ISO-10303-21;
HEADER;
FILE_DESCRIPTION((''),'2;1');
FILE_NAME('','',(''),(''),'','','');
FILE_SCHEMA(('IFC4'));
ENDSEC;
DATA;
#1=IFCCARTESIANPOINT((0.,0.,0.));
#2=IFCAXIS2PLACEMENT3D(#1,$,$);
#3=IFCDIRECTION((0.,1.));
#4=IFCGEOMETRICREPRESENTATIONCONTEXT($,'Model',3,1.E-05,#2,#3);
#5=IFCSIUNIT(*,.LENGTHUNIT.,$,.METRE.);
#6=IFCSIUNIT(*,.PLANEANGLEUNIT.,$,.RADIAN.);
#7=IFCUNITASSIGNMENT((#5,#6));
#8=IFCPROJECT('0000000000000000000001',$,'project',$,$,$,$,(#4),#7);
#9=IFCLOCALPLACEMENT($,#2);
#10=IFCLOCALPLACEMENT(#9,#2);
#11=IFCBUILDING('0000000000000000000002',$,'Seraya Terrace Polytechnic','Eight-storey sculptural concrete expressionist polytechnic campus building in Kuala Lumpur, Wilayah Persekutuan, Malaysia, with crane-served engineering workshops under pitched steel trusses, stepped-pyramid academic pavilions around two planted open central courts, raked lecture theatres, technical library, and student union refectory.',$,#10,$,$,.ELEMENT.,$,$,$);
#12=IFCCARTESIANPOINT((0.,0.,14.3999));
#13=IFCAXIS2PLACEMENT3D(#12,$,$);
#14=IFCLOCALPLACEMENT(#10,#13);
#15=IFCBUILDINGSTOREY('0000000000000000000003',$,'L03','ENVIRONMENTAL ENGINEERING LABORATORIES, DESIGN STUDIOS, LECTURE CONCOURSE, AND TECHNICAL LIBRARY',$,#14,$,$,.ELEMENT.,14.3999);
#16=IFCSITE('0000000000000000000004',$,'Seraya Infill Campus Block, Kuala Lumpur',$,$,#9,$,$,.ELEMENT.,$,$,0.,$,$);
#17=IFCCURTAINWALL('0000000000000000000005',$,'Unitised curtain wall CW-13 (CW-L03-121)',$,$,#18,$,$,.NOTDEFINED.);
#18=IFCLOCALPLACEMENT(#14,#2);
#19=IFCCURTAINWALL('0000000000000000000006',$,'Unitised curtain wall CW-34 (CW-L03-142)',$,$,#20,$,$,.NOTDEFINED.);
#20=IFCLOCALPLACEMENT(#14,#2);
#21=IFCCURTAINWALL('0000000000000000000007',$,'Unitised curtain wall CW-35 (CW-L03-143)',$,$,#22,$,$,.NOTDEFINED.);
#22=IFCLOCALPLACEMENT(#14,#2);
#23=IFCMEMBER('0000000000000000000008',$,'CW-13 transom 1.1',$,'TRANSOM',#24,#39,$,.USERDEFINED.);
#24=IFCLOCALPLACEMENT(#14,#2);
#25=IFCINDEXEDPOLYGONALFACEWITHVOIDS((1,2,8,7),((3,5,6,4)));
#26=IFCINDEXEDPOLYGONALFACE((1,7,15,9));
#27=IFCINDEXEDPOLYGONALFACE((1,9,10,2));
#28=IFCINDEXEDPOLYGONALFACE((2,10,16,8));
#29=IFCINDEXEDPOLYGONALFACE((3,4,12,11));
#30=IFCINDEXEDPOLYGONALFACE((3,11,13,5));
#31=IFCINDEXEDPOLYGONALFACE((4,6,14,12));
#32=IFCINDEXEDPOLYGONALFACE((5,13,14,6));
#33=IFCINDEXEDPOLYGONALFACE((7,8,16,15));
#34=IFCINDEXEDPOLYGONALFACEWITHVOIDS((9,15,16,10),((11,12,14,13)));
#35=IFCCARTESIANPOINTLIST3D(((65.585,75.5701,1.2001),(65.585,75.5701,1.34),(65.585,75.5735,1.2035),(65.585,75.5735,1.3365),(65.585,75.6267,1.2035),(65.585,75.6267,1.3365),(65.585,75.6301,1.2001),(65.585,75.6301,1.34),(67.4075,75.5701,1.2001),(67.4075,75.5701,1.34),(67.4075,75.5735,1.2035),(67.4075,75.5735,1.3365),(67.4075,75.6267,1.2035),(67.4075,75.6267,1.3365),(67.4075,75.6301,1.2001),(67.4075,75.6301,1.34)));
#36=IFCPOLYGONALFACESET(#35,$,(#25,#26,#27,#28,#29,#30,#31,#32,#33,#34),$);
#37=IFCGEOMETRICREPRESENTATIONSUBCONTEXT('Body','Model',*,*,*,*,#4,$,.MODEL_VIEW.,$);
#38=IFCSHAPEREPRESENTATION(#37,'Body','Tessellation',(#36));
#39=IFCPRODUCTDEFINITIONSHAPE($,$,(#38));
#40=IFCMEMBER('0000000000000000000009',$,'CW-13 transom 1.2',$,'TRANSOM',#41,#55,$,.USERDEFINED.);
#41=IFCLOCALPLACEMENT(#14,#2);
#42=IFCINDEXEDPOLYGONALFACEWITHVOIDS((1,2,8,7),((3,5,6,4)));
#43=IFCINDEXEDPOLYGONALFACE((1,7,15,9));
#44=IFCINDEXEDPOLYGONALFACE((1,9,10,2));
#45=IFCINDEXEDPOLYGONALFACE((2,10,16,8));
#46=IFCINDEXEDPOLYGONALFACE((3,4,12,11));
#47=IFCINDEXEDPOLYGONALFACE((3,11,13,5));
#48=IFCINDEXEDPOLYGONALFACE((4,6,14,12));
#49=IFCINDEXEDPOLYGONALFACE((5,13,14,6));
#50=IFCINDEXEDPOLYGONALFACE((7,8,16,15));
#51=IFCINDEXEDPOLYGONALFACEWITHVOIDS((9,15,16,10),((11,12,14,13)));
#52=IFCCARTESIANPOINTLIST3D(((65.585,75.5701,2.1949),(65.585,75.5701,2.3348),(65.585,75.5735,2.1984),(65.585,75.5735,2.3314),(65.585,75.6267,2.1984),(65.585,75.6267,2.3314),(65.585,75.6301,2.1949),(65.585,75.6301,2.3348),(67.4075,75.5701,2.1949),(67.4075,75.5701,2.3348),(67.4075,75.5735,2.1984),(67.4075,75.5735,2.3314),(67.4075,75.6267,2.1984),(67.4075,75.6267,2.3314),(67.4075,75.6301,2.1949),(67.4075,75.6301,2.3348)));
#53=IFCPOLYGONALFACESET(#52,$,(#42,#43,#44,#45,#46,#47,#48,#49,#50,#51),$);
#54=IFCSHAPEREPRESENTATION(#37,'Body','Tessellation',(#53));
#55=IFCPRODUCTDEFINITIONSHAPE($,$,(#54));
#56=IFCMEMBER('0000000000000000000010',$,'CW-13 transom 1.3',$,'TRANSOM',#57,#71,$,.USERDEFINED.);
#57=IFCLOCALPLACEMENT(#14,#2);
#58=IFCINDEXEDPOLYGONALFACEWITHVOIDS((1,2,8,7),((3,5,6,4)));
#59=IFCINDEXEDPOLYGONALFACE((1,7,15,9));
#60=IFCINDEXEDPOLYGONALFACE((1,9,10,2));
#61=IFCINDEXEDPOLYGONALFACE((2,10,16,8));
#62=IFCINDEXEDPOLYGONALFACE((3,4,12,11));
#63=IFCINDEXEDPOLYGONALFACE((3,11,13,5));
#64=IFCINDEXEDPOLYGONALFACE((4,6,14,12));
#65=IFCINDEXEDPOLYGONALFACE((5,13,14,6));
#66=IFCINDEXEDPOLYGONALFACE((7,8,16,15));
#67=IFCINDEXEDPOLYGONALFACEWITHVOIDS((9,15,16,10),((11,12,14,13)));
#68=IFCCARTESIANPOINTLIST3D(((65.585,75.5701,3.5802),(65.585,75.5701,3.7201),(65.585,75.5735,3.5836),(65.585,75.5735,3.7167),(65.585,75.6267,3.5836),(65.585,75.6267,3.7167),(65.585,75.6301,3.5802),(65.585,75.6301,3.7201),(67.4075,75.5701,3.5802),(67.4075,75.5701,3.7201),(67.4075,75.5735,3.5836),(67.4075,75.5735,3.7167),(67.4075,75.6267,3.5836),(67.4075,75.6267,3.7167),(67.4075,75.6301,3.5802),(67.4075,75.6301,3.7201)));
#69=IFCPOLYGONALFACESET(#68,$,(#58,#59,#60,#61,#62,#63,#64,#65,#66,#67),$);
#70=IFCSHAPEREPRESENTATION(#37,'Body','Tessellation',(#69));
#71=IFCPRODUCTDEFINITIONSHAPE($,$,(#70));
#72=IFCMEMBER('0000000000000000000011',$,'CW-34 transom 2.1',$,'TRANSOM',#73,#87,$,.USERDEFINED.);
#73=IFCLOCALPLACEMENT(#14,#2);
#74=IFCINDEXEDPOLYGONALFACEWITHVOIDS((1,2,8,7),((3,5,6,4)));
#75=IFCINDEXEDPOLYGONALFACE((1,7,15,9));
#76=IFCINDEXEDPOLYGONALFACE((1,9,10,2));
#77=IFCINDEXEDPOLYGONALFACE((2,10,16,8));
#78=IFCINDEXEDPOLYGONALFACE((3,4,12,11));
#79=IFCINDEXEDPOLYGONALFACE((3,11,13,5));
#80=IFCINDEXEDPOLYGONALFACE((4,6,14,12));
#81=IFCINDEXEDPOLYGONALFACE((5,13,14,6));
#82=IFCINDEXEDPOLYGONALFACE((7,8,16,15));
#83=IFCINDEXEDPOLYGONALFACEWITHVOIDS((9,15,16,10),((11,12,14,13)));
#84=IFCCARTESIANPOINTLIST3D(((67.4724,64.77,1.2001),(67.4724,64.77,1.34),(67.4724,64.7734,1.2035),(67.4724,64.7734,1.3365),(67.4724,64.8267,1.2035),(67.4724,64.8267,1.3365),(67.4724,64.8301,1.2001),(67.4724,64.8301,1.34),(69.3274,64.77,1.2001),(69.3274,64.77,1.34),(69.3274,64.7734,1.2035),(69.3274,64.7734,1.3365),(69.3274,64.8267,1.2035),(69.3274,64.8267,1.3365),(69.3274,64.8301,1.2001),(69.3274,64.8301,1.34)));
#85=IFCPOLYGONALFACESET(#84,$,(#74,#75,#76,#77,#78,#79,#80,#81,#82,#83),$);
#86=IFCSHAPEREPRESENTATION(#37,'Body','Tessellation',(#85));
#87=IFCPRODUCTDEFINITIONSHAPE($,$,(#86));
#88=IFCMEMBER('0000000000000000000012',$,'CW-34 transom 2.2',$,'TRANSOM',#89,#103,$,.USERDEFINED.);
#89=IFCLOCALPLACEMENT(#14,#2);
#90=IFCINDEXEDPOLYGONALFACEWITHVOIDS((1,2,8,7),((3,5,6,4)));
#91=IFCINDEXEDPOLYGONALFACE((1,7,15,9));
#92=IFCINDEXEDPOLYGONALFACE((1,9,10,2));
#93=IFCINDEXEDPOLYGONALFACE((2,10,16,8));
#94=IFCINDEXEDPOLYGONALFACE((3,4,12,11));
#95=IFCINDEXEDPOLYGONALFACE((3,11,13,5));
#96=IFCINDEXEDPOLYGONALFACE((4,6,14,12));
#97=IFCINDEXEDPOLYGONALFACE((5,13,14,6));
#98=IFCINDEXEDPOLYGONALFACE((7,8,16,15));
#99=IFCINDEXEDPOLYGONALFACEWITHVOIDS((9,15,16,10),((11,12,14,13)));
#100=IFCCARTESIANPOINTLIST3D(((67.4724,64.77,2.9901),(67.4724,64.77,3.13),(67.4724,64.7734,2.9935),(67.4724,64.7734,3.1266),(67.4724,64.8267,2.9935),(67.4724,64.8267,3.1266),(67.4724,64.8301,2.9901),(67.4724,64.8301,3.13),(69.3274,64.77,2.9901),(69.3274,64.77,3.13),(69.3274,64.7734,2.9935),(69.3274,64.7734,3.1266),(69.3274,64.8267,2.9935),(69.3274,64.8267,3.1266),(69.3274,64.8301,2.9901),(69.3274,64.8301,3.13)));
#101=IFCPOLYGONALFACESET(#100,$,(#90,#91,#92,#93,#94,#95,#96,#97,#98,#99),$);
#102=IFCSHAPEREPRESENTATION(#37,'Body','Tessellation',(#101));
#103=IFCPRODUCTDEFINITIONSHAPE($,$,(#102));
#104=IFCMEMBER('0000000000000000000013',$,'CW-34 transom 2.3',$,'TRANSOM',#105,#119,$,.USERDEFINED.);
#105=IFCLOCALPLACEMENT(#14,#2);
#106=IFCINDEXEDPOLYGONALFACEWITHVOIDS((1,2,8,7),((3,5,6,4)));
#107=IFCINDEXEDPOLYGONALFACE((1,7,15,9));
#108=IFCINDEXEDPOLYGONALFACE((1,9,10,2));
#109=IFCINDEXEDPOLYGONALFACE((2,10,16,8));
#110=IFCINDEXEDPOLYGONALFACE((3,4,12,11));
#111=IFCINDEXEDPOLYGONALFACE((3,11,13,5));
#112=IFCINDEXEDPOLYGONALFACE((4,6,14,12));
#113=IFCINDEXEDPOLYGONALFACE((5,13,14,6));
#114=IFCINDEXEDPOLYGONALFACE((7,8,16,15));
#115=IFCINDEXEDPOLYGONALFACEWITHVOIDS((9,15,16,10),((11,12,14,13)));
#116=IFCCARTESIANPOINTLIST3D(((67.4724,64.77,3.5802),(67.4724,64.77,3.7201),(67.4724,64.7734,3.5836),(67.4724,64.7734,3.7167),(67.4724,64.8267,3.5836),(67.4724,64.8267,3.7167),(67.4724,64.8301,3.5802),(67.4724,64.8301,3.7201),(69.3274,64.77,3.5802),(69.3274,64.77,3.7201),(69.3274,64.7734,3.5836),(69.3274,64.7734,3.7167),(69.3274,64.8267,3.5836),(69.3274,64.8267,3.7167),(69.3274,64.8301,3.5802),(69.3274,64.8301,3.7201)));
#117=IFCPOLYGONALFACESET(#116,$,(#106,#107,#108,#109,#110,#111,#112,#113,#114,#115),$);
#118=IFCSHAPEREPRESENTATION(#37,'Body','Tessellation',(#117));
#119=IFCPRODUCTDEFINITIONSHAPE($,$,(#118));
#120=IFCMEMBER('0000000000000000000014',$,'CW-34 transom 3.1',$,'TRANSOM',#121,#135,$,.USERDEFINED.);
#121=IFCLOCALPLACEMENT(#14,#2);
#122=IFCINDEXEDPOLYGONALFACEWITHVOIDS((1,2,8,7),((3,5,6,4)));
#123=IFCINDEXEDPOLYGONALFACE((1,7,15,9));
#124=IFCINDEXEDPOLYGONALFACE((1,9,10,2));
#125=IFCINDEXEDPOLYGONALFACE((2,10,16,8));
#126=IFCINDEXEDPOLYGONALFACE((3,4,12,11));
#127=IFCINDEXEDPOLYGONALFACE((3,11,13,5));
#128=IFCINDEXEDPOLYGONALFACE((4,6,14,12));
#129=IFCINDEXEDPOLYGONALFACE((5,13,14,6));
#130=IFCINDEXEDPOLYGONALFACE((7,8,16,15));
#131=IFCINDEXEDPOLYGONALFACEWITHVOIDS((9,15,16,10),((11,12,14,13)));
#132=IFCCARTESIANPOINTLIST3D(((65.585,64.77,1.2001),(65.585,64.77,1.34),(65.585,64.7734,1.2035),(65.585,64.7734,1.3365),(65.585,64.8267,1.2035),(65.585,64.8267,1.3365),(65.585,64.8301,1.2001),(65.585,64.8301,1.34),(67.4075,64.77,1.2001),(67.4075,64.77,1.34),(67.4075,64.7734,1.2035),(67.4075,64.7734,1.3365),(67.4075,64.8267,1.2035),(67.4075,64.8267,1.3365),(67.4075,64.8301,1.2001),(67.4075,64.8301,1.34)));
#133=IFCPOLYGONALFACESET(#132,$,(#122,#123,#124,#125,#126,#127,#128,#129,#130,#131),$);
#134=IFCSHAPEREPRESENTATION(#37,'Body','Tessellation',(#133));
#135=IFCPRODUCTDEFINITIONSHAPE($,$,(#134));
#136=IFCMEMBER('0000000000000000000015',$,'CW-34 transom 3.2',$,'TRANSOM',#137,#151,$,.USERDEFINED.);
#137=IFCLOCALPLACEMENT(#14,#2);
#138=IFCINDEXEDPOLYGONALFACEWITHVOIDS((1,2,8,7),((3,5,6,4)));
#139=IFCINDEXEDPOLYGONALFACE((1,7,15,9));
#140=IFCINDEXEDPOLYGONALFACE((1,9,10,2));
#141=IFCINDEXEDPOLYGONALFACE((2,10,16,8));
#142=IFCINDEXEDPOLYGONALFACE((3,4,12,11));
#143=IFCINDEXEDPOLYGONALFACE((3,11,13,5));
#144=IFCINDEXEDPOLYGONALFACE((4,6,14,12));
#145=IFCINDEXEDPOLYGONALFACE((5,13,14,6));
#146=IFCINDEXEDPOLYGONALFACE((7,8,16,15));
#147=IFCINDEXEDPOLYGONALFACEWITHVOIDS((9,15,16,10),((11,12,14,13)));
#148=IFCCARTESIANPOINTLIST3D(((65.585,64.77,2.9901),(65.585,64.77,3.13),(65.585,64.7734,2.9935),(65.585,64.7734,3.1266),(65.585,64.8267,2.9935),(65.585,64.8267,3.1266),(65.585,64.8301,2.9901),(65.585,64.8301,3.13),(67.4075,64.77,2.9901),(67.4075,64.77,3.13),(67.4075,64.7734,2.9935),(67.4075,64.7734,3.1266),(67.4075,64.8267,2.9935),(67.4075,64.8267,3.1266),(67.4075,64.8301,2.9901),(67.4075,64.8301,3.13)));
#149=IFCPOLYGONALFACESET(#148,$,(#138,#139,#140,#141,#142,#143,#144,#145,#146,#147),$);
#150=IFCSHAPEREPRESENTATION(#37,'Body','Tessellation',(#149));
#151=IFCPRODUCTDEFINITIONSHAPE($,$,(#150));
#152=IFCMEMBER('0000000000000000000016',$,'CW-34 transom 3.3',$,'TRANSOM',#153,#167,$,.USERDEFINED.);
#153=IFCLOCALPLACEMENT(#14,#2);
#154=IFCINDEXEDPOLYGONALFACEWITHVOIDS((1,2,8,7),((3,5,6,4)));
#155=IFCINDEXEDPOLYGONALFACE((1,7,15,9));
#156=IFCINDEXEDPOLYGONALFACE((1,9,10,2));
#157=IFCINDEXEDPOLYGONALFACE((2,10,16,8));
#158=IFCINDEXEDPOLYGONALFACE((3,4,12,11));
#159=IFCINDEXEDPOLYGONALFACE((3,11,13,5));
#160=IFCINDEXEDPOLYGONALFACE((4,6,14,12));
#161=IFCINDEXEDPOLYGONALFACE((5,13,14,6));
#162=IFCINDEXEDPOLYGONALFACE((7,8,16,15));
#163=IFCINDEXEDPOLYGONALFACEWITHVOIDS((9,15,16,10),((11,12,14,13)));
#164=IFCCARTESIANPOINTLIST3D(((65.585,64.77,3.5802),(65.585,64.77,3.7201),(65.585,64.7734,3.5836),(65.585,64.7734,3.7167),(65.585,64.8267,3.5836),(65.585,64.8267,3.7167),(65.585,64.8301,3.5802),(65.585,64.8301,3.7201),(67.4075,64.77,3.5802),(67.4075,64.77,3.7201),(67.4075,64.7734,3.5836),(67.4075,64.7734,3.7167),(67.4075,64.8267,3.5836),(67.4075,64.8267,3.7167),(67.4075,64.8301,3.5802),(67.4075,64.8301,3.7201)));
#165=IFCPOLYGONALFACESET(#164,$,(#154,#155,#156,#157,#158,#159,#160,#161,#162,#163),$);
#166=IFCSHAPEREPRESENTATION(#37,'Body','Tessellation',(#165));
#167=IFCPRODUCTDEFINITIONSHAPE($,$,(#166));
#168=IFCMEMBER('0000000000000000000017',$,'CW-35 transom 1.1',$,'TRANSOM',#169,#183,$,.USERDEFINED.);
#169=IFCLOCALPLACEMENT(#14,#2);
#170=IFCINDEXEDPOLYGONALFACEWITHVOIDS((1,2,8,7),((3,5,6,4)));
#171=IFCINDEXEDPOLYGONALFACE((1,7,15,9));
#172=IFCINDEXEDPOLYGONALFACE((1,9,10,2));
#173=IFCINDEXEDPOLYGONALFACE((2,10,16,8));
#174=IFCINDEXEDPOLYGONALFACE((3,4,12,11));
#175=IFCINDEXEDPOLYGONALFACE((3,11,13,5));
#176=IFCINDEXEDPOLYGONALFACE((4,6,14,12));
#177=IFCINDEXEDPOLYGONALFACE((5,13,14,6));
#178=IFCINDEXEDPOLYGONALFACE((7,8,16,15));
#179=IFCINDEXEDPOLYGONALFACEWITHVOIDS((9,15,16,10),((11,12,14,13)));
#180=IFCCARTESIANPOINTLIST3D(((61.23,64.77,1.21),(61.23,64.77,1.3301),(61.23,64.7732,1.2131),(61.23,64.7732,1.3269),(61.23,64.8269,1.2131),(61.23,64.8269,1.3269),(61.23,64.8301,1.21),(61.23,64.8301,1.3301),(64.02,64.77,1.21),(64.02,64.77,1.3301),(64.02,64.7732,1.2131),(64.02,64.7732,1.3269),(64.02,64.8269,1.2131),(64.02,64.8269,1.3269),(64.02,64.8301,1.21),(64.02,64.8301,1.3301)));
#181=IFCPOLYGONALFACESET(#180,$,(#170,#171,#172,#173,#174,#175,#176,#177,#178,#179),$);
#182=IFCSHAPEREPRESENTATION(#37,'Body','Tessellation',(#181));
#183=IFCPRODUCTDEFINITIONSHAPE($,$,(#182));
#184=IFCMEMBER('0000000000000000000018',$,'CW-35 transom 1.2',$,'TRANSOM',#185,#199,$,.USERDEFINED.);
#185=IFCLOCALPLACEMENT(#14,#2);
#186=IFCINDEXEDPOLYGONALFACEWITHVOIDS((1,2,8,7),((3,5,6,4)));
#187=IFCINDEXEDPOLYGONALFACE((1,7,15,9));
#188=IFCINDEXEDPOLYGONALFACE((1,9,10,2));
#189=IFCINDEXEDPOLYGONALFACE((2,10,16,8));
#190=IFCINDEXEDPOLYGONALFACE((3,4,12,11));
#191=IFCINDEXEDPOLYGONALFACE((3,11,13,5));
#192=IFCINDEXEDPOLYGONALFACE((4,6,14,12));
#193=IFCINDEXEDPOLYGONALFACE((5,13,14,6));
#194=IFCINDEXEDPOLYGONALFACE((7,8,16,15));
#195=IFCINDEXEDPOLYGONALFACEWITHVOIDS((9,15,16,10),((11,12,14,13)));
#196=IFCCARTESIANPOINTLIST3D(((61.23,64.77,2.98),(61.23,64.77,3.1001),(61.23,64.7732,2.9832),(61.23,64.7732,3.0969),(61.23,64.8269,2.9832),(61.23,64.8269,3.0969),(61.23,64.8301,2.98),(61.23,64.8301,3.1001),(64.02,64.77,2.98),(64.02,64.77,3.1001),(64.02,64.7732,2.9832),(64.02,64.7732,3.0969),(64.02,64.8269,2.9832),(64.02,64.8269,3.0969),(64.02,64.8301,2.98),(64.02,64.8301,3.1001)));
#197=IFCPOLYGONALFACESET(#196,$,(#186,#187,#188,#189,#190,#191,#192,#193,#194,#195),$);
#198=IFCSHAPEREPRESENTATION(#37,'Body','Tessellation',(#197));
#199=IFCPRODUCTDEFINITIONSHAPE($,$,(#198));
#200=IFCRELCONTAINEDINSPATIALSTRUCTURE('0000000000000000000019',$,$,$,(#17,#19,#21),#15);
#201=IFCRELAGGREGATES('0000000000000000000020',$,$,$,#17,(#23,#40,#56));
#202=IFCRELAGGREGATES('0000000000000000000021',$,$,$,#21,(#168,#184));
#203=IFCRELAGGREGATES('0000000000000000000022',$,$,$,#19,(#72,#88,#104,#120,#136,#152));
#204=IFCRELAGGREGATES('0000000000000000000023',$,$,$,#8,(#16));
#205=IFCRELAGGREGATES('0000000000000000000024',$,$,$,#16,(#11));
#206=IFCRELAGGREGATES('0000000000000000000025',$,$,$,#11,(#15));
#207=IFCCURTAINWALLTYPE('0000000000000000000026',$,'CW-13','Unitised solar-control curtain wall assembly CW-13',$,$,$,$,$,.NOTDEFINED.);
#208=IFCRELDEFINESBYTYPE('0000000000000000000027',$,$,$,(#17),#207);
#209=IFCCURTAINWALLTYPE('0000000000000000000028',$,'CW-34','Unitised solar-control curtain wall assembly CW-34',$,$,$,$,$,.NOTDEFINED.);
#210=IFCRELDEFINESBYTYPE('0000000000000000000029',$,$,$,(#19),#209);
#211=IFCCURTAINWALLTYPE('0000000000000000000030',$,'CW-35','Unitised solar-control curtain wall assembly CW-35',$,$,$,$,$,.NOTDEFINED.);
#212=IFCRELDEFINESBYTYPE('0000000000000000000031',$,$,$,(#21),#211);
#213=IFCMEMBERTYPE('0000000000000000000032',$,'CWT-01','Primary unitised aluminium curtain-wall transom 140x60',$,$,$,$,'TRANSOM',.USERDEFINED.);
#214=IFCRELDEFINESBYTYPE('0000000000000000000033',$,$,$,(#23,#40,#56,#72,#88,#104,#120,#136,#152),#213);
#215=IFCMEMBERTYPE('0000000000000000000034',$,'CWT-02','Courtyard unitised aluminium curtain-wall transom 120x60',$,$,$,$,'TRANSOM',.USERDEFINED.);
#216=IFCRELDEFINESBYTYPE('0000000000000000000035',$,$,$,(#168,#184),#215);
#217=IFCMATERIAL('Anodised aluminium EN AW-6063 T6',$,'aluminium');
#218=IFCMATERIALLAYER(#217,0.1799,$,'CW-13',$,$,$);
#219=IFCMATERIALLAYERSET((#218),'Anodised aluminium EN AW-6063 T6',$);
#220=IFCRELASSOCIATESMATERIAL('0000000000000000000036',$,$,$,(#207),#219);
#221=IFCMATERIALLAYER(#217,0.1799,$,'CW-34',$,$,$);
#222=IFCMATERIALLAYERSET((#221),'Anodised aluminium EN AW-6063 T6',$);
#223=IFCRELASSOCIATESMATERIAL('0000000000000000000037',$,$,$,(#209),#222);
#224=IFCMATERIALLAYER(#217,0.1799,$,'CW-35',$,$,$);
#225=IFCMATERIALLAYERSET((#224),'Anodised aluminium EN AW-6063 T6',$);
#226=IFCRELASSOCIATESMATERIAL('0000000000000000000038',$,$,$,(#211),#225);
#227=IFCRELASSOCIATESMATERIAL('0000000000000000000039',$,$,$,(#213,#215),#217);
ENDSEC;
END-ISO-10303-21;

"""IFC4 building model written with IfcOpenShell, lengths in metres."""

from ifc_helpers import new_model, si_unit, direction, frame, origin, origin_2d, place, context, subcontext, project, spatial, hollow_rectangle, extrude, material, layer, layer_set, material_profile, profile_set, type_object, element, aggregate, save


model = new_model("IFC4")

# Units and contexts
model_context = context("Model", 3, precision=1e-05, world=origin(), true_north=direction((0.0, 1.0)))
body_context = subcontext(model_context, "Body", "Model", "MODEL_VIEW")
ifc_project = project(units=[si_unit("LENGTHUNIT", "METRE"), si_unit("PLANEANGLEUNIT", "RADIAN")], contexts=[model_context])

# Site, building, storey
site_placement = place(None, origin())
site = spatial("IfcSite", under=ifc_project, at=site_placement, Name="Seraya Infill Campus Block, Kuala Lumpur", CompositionType="ELEMENT", RefElevation=0.0)
building_placement = place(site_placement, origin())
building = spatial("IfcBuilding", under=site, at=building_placement, Name="Seraya Terrace Polytechnic", Description="Eight-storey sculptural concrete expressionist polytechnic campus building in Kuala Lumpur, Wilayah Persekutuan, Malaysia, with crane-served engineering workshops under pitched steel trusses, stepped-pyramid academic pavilions around two planted open central courts, raked lecture theatres, technical library, and student union refectory.", CompositionType="ELEMENT")
storey_placement = place(building_placement, frame((0.0, 0.0, 14.3999)))
storey = spatial("IfcBuildingStorey", under=building, at=storey_placement, Name="L03", Description="ENVIRONMENTAL ENGINEERING LABORATORIES, DESIGN STUDIOS, LECTURE CONCOURSE, AND TECHNICAL LIBRARY", CompositionType="ELEMENT", Elevation=14.3999)

# Curtain wall
ifc_material_1 = material(Name="Anodised aluminium EN AW-6063 T6", Category="aluminium")
ifc_layer_1 = layer(ifc_material_1, 0.1799, Name="CW-13")
ifc_layer_set_1 = layer_set([ifc_layer_1], Name="Anodised aluminium EN AW-6063 T6")
curtain_wall_type_1 = type_object("IfcCurtainWallType", Name="CW-13", Description="Unitised solar-control curtain wall assembly CW-13", PredefinedType="NOTDEFINED", material=ifc_layer_set_1)
curtain_wall_1_placement = place(storey_placement, origin())
curtain_wall_1 = element("IfcCurtainWall", 1, at=curtain_wall_1_placement, inside=storey, type_object=curtain_wall_type_1, Name="Unitised curtain wall CW-13 (CW-L03-121)", PredefinedType="NOTDEFINED")

# Curtain wall
ifc_layer_2 = layer(ifc_material_1, 0.1799, Name="CW-34")
ifc_layer_set_2 = layer_set([ifc_layer_2], Name="Anodised aluminium EN AW-6063 T6")
curtain_wall_type_2 = type_object("IfcCurtainWallType", Name="CW-34", Description="Unitised solar-control curtain wall assembly CW-34", PredefinedType="NOTDEFINED", material=ifc_layer_set_2)
curtain_wall_2_placement = place(storey_placement, origin())
curtain_wall_2 = element("IfcCurtainWall", 2, at=curtain_wall_2_placement, inside=storey, type_object=curtain_wall_type_2, Name="Unitised curtain wall CW-34 (CW-L03-142)", PredefinedType="NOTDEFINED")

# Curtain wall
ifc_layer_3 = layer(ifc_material_1, 0.1799, Name="CW-35")
ifc_layer_set_3 = layer_set([ifc_layer_3], Name="Anodised aluminium EN AW-6063 T6")
curtain_wall_type_3 = type_object("IfcCurtainWallType", Name="CW-35", Description="Unitised solar-control curtain wall assembly CW-35", PredefinedType="NOTDEFINED", material=ifc_layer_set_3)
curtain_wall_3_placement = place(storey_placement, origin())
curtain_wall_3 = element("IfcCurtainWall", 3, at=curtain_wall_3_placement, inside=storey, type_object=curtain_wall_type_3, Name="Unitised curtain wall CW-35 (CW-L03-143)", PredefinedType="NOTDEFINED")

# Members
ifc_material_profile_1 = material_profile(ifc_material_1, hollow_rectangle(XDim=0.0601, YDim=0.1399, WallThickness=0.0034, at=origin_2d()), Name="RHS 140x60x3.5")
ifc_profile_set_1 = profile_set([ifc_material_profile_1], Name="Anodised aluminium EN AW-6063 T6")
member_type_1 = type_object("IfcMemberType", Name="CWT-01", Description="Primary unitised aluminium curtain-wall transom 140x60", ElementType="TRANSOM", PredefinedType="USERDEFINED", material=ifc_profile_set_1)
member_1_placement = place(storey_placement, frame((65.585, 75.6001, 1.27), z_axis=(1.0, 0.0, 0.0), x_axis=(0.0, 1.0, 0.0)))
member_1 = element("IfcMember", 4, at=member_1_placement, type_object=member_type_1, Name="CW-13 transom 1.1", ObjectType="TRANSOM", PredefinedType="USERDEFINED", context=body_context, shape_type="SweptSolid", body=[
    extrude(hollow_rectangle(XDim=0.0601, YDim=0.1399, WallThickness=0.0034, at=origin_2d()), origin(), (0.0, 0.0, 1.0), 1.8225),
])
member_2_placement = place(storey_placement, frame((65.585, 75.6001, 2.2649), z_axis=(1.0, 0.0, 0.0), x_axis=(0.0, 1.0, 0.0)))
member_2 = element("IfcMember", 5, at=member_2_placement, type_object=member_type_1, Name="CW-13 transom 1.2", ObjectType="TRANSOM", PredefinedType="USERDEFINED", context=body_context, shape_type="SweptSolid", body=[
    extrude(hollow_rectangle(XDim=0.0601, YDim=0.1399, WallThickness=0.0034, at=origin_2d()), origin(), (0.0, 0.0, 1.0), 1.8225),
])
member_3_placement = place(storey_placement, frame((65.585, 75.6001, 3.6501), z_axis=(1.0, 0.0, 0.0), x_axis=(0.0, 1.0, 0.0)))
member_3 = element("IfcMember", 6, at=member_3_placement, type_object=member_type_1, Name="CW-13 transom 1.3", ObjectType="TRANSOM", PredefinedType="USERDEFINED", context=body_context, shape_type="SweptSolid", body=[
    extrude(hollow_rectangle(XDim=0.0601, YDim=0.1399, WallThickness=0.0034, at=origin_2d()), origin(), (0.0, 0.0, 1.0), 1.8225),
])
aggregate(curtain_wall_1, [member_1, member_2, member_3])
member_4_placement = place(storey_placement, frame((69.3274, 64.8, 1.27), z_axis=(-1.0, 0.0, 0.0), x_axis=(0.0, -1.0, 0.0)))
member_4 = element("IfcMember", 7, at=member_4_placement, type_object=member_type_1, Name="CW-34 transom 2.1", ObjectType="TRANSOM", PredefinedType="USERDEFINED", context=body_context, shape_type="SweptSolid", body=[
    extrude(hollow_rectangle(XDim=0.0601, YDim=0.1399, WallThickness=0.0034, at=origin_2d()), origin(), (0.0, 0.0, 1.0), 1.855),
])
member_5_placement = place(storey_placement, frame((69.3274, 64.8, 3.0601), z_axis=(-1.0, 0.0, 0.0), x_axis=(0.0, -1.0, 0.0)))
member_5 = element("IfcMember", 8, at=member_5_placement, type_object=member_type_1, Name="CW-34 transom 2.2", ObjectType="TRANSOM", PredefinedType="USERDEFINED", context=body_context, shape_type="SweptSolid", body=[
    extrude(hollow_rectangle(XDim=0.0601, YDim=0.1399, WallThickness=0.0034, at=origin_2d()), origin(), (0.0, 0.0, 1.0), 1.855),
])
member_6_placement = place(storey_placement, frame((69.3274, 64.8, 3.6501), z_axis=(-1.0, 0.0, 0.0), x_axis=(0.0, -1.0, 0.0)))
member_6 = element("IfcMember", 9, at=member_6_placement, type_object=member_type_1, Name="CW-34 transom 2.3", ObjectType="TRANSOM", PredefinedType="USERDEFINED", context=body_context, shape_type="SweptSolid", body=[
    extrude(hollow_rectangle(XDim=0.0601, YDim=0.1399, WallThickness=0.0034, at=origin_2d()), origin(), (0.0, 0.0, 1.0), 1.855),
])
member_7_placement = place(storey_placement, frame((67.4075, 64.8, 1.27), z_axis=(-1.0, 0.0, 0.0), x_axis=(0.0, -1.0, 0.0)))
member_7 = element("IfcMember", 10, at=member_7_placement, type_object=member_type_1, Name="CW-34 transom 3.1", ObjectType="TRANSOM", PredefinedType="USERDEFINED", context=body_context, shape_type="SweptSolid", body=[
    extrude(hollow_rectangle(XDim=0.0601, YDim=0.1399, WallThickness=0.0034, at=origin_2d()), origin(), (0.0, 0.0, 1.0), 1.8225),
])
member_8_placement = place(storey_placement, frame((67.4075, 64.8, 3.0601), z_axis=(-1.0, 0.0, 0.0), x_axis=(0.0, -1.0, 0.0)))
member_8 = element("IfcMember", 11, at=member_8_placement, type_object=member_type_1, Name="CW-34 transom 3.2", ObjectType="TRANSOM", PredefinedType="USERDEFINED", context=body_context, shape_type="SweptSolid", body=[
    extrude(hollow_rectangle(XDim=0.0601, YDim=0.1399, WallThickness=0.0034, at=origin_2d()), origin(), (0.0, 0.0, 1.0), 1.8225),
])
member_9_placement = place(storey_placement, frame((67.4075, 64.8, 3.6501), z_axis=(-1.0, 0.0, 0.0), x_axis=(0.0, -1.0, 0.0)))
member_9 = element("IfcMember", 12, at=member_9_placement, type_object=member_type_1, Name="CW-34 transom 3.3", ObjectType="TRANSOM", PredefinedType="USERDEFINED", context=body_context, shape_type="SweptSolid", body=[
    extrude(hollow_rectangle(XDim=0.0601, YDim=0.1399, WallThickness=0.0034, at=origin_2d()), origin(), (0.0, 0.0, 1.0), 1.8225),
])
ifc_material_profile_2 = material_profile(ifc_material_1, hollow_rectangle(XDim=0.0601, YDim=0.1201, WallThickness=0.0032, at=origin_2d()), Name="RHS 120x60x3.2")
ifc_profile_set_2 = profile_set([ifc_material_profile_2], Name="Anodised aluminium EN AW-6063 T6")
member_type_2 = type_object("IfcMemberType", Name="CWT-02", Description="Courtyard unitised aluminium curtain-wall transom 120x60", ElementType="TRANSOM", PredefinedType="USERDEFINED", material=ifc_profile_set_2)
member_10_placement = place(storey_placement, frame((64.02, 64.8, 1.27), z_axis=(-1.0, 0.0, 0.0), x_axis=(0.0, -1.0, 0.0)))
member_10 = element("IfcMember", 13, at=member_10_placement, type_object=member_type_2, Name="CW-35 transom 1.1", ObjectType="TRANSOM", PredefinedType="USERDEFINED", context=body_context, shape_type="SweptSolid", body=[
    extrude(hollow_rectangle(XDim=0.0601, YDim=0.1201, WallThickness=0.0032, at=origin_2d()), origin(), (0.0, 0.0, 1.0), 2.79),
])
member_11_placement = place(storey_placement, frame((64.02, 64.8, 3.04), z_axis=(-1.0, 0.0, 0.0), x_axis=(0.0, -1.0, 0.0)))
member_11 = element("IfcMember", 14, at=member_11_placement, type_object=member_type_2, Name="CW-35 transom 1.2", ObjectType="TRANSOM", PredefinedType="USERDEFINED", context=body_context, shape_type="SweptSolid", body=[
    extrude(hollow_rectangle(XDim=0.0601, YDim=0.1201, WallThickness=0.0032, at=origin_2d()), origin(), (0.0, 0.0, 1.0), 2.79),
])
aggregate(curtain_wall_3, [member_10, member_11])

aggregate(curtain_wall_2, [member_4, member_5, member_6, member_7, member_8, member_9])

save(model, "model.ifc")
